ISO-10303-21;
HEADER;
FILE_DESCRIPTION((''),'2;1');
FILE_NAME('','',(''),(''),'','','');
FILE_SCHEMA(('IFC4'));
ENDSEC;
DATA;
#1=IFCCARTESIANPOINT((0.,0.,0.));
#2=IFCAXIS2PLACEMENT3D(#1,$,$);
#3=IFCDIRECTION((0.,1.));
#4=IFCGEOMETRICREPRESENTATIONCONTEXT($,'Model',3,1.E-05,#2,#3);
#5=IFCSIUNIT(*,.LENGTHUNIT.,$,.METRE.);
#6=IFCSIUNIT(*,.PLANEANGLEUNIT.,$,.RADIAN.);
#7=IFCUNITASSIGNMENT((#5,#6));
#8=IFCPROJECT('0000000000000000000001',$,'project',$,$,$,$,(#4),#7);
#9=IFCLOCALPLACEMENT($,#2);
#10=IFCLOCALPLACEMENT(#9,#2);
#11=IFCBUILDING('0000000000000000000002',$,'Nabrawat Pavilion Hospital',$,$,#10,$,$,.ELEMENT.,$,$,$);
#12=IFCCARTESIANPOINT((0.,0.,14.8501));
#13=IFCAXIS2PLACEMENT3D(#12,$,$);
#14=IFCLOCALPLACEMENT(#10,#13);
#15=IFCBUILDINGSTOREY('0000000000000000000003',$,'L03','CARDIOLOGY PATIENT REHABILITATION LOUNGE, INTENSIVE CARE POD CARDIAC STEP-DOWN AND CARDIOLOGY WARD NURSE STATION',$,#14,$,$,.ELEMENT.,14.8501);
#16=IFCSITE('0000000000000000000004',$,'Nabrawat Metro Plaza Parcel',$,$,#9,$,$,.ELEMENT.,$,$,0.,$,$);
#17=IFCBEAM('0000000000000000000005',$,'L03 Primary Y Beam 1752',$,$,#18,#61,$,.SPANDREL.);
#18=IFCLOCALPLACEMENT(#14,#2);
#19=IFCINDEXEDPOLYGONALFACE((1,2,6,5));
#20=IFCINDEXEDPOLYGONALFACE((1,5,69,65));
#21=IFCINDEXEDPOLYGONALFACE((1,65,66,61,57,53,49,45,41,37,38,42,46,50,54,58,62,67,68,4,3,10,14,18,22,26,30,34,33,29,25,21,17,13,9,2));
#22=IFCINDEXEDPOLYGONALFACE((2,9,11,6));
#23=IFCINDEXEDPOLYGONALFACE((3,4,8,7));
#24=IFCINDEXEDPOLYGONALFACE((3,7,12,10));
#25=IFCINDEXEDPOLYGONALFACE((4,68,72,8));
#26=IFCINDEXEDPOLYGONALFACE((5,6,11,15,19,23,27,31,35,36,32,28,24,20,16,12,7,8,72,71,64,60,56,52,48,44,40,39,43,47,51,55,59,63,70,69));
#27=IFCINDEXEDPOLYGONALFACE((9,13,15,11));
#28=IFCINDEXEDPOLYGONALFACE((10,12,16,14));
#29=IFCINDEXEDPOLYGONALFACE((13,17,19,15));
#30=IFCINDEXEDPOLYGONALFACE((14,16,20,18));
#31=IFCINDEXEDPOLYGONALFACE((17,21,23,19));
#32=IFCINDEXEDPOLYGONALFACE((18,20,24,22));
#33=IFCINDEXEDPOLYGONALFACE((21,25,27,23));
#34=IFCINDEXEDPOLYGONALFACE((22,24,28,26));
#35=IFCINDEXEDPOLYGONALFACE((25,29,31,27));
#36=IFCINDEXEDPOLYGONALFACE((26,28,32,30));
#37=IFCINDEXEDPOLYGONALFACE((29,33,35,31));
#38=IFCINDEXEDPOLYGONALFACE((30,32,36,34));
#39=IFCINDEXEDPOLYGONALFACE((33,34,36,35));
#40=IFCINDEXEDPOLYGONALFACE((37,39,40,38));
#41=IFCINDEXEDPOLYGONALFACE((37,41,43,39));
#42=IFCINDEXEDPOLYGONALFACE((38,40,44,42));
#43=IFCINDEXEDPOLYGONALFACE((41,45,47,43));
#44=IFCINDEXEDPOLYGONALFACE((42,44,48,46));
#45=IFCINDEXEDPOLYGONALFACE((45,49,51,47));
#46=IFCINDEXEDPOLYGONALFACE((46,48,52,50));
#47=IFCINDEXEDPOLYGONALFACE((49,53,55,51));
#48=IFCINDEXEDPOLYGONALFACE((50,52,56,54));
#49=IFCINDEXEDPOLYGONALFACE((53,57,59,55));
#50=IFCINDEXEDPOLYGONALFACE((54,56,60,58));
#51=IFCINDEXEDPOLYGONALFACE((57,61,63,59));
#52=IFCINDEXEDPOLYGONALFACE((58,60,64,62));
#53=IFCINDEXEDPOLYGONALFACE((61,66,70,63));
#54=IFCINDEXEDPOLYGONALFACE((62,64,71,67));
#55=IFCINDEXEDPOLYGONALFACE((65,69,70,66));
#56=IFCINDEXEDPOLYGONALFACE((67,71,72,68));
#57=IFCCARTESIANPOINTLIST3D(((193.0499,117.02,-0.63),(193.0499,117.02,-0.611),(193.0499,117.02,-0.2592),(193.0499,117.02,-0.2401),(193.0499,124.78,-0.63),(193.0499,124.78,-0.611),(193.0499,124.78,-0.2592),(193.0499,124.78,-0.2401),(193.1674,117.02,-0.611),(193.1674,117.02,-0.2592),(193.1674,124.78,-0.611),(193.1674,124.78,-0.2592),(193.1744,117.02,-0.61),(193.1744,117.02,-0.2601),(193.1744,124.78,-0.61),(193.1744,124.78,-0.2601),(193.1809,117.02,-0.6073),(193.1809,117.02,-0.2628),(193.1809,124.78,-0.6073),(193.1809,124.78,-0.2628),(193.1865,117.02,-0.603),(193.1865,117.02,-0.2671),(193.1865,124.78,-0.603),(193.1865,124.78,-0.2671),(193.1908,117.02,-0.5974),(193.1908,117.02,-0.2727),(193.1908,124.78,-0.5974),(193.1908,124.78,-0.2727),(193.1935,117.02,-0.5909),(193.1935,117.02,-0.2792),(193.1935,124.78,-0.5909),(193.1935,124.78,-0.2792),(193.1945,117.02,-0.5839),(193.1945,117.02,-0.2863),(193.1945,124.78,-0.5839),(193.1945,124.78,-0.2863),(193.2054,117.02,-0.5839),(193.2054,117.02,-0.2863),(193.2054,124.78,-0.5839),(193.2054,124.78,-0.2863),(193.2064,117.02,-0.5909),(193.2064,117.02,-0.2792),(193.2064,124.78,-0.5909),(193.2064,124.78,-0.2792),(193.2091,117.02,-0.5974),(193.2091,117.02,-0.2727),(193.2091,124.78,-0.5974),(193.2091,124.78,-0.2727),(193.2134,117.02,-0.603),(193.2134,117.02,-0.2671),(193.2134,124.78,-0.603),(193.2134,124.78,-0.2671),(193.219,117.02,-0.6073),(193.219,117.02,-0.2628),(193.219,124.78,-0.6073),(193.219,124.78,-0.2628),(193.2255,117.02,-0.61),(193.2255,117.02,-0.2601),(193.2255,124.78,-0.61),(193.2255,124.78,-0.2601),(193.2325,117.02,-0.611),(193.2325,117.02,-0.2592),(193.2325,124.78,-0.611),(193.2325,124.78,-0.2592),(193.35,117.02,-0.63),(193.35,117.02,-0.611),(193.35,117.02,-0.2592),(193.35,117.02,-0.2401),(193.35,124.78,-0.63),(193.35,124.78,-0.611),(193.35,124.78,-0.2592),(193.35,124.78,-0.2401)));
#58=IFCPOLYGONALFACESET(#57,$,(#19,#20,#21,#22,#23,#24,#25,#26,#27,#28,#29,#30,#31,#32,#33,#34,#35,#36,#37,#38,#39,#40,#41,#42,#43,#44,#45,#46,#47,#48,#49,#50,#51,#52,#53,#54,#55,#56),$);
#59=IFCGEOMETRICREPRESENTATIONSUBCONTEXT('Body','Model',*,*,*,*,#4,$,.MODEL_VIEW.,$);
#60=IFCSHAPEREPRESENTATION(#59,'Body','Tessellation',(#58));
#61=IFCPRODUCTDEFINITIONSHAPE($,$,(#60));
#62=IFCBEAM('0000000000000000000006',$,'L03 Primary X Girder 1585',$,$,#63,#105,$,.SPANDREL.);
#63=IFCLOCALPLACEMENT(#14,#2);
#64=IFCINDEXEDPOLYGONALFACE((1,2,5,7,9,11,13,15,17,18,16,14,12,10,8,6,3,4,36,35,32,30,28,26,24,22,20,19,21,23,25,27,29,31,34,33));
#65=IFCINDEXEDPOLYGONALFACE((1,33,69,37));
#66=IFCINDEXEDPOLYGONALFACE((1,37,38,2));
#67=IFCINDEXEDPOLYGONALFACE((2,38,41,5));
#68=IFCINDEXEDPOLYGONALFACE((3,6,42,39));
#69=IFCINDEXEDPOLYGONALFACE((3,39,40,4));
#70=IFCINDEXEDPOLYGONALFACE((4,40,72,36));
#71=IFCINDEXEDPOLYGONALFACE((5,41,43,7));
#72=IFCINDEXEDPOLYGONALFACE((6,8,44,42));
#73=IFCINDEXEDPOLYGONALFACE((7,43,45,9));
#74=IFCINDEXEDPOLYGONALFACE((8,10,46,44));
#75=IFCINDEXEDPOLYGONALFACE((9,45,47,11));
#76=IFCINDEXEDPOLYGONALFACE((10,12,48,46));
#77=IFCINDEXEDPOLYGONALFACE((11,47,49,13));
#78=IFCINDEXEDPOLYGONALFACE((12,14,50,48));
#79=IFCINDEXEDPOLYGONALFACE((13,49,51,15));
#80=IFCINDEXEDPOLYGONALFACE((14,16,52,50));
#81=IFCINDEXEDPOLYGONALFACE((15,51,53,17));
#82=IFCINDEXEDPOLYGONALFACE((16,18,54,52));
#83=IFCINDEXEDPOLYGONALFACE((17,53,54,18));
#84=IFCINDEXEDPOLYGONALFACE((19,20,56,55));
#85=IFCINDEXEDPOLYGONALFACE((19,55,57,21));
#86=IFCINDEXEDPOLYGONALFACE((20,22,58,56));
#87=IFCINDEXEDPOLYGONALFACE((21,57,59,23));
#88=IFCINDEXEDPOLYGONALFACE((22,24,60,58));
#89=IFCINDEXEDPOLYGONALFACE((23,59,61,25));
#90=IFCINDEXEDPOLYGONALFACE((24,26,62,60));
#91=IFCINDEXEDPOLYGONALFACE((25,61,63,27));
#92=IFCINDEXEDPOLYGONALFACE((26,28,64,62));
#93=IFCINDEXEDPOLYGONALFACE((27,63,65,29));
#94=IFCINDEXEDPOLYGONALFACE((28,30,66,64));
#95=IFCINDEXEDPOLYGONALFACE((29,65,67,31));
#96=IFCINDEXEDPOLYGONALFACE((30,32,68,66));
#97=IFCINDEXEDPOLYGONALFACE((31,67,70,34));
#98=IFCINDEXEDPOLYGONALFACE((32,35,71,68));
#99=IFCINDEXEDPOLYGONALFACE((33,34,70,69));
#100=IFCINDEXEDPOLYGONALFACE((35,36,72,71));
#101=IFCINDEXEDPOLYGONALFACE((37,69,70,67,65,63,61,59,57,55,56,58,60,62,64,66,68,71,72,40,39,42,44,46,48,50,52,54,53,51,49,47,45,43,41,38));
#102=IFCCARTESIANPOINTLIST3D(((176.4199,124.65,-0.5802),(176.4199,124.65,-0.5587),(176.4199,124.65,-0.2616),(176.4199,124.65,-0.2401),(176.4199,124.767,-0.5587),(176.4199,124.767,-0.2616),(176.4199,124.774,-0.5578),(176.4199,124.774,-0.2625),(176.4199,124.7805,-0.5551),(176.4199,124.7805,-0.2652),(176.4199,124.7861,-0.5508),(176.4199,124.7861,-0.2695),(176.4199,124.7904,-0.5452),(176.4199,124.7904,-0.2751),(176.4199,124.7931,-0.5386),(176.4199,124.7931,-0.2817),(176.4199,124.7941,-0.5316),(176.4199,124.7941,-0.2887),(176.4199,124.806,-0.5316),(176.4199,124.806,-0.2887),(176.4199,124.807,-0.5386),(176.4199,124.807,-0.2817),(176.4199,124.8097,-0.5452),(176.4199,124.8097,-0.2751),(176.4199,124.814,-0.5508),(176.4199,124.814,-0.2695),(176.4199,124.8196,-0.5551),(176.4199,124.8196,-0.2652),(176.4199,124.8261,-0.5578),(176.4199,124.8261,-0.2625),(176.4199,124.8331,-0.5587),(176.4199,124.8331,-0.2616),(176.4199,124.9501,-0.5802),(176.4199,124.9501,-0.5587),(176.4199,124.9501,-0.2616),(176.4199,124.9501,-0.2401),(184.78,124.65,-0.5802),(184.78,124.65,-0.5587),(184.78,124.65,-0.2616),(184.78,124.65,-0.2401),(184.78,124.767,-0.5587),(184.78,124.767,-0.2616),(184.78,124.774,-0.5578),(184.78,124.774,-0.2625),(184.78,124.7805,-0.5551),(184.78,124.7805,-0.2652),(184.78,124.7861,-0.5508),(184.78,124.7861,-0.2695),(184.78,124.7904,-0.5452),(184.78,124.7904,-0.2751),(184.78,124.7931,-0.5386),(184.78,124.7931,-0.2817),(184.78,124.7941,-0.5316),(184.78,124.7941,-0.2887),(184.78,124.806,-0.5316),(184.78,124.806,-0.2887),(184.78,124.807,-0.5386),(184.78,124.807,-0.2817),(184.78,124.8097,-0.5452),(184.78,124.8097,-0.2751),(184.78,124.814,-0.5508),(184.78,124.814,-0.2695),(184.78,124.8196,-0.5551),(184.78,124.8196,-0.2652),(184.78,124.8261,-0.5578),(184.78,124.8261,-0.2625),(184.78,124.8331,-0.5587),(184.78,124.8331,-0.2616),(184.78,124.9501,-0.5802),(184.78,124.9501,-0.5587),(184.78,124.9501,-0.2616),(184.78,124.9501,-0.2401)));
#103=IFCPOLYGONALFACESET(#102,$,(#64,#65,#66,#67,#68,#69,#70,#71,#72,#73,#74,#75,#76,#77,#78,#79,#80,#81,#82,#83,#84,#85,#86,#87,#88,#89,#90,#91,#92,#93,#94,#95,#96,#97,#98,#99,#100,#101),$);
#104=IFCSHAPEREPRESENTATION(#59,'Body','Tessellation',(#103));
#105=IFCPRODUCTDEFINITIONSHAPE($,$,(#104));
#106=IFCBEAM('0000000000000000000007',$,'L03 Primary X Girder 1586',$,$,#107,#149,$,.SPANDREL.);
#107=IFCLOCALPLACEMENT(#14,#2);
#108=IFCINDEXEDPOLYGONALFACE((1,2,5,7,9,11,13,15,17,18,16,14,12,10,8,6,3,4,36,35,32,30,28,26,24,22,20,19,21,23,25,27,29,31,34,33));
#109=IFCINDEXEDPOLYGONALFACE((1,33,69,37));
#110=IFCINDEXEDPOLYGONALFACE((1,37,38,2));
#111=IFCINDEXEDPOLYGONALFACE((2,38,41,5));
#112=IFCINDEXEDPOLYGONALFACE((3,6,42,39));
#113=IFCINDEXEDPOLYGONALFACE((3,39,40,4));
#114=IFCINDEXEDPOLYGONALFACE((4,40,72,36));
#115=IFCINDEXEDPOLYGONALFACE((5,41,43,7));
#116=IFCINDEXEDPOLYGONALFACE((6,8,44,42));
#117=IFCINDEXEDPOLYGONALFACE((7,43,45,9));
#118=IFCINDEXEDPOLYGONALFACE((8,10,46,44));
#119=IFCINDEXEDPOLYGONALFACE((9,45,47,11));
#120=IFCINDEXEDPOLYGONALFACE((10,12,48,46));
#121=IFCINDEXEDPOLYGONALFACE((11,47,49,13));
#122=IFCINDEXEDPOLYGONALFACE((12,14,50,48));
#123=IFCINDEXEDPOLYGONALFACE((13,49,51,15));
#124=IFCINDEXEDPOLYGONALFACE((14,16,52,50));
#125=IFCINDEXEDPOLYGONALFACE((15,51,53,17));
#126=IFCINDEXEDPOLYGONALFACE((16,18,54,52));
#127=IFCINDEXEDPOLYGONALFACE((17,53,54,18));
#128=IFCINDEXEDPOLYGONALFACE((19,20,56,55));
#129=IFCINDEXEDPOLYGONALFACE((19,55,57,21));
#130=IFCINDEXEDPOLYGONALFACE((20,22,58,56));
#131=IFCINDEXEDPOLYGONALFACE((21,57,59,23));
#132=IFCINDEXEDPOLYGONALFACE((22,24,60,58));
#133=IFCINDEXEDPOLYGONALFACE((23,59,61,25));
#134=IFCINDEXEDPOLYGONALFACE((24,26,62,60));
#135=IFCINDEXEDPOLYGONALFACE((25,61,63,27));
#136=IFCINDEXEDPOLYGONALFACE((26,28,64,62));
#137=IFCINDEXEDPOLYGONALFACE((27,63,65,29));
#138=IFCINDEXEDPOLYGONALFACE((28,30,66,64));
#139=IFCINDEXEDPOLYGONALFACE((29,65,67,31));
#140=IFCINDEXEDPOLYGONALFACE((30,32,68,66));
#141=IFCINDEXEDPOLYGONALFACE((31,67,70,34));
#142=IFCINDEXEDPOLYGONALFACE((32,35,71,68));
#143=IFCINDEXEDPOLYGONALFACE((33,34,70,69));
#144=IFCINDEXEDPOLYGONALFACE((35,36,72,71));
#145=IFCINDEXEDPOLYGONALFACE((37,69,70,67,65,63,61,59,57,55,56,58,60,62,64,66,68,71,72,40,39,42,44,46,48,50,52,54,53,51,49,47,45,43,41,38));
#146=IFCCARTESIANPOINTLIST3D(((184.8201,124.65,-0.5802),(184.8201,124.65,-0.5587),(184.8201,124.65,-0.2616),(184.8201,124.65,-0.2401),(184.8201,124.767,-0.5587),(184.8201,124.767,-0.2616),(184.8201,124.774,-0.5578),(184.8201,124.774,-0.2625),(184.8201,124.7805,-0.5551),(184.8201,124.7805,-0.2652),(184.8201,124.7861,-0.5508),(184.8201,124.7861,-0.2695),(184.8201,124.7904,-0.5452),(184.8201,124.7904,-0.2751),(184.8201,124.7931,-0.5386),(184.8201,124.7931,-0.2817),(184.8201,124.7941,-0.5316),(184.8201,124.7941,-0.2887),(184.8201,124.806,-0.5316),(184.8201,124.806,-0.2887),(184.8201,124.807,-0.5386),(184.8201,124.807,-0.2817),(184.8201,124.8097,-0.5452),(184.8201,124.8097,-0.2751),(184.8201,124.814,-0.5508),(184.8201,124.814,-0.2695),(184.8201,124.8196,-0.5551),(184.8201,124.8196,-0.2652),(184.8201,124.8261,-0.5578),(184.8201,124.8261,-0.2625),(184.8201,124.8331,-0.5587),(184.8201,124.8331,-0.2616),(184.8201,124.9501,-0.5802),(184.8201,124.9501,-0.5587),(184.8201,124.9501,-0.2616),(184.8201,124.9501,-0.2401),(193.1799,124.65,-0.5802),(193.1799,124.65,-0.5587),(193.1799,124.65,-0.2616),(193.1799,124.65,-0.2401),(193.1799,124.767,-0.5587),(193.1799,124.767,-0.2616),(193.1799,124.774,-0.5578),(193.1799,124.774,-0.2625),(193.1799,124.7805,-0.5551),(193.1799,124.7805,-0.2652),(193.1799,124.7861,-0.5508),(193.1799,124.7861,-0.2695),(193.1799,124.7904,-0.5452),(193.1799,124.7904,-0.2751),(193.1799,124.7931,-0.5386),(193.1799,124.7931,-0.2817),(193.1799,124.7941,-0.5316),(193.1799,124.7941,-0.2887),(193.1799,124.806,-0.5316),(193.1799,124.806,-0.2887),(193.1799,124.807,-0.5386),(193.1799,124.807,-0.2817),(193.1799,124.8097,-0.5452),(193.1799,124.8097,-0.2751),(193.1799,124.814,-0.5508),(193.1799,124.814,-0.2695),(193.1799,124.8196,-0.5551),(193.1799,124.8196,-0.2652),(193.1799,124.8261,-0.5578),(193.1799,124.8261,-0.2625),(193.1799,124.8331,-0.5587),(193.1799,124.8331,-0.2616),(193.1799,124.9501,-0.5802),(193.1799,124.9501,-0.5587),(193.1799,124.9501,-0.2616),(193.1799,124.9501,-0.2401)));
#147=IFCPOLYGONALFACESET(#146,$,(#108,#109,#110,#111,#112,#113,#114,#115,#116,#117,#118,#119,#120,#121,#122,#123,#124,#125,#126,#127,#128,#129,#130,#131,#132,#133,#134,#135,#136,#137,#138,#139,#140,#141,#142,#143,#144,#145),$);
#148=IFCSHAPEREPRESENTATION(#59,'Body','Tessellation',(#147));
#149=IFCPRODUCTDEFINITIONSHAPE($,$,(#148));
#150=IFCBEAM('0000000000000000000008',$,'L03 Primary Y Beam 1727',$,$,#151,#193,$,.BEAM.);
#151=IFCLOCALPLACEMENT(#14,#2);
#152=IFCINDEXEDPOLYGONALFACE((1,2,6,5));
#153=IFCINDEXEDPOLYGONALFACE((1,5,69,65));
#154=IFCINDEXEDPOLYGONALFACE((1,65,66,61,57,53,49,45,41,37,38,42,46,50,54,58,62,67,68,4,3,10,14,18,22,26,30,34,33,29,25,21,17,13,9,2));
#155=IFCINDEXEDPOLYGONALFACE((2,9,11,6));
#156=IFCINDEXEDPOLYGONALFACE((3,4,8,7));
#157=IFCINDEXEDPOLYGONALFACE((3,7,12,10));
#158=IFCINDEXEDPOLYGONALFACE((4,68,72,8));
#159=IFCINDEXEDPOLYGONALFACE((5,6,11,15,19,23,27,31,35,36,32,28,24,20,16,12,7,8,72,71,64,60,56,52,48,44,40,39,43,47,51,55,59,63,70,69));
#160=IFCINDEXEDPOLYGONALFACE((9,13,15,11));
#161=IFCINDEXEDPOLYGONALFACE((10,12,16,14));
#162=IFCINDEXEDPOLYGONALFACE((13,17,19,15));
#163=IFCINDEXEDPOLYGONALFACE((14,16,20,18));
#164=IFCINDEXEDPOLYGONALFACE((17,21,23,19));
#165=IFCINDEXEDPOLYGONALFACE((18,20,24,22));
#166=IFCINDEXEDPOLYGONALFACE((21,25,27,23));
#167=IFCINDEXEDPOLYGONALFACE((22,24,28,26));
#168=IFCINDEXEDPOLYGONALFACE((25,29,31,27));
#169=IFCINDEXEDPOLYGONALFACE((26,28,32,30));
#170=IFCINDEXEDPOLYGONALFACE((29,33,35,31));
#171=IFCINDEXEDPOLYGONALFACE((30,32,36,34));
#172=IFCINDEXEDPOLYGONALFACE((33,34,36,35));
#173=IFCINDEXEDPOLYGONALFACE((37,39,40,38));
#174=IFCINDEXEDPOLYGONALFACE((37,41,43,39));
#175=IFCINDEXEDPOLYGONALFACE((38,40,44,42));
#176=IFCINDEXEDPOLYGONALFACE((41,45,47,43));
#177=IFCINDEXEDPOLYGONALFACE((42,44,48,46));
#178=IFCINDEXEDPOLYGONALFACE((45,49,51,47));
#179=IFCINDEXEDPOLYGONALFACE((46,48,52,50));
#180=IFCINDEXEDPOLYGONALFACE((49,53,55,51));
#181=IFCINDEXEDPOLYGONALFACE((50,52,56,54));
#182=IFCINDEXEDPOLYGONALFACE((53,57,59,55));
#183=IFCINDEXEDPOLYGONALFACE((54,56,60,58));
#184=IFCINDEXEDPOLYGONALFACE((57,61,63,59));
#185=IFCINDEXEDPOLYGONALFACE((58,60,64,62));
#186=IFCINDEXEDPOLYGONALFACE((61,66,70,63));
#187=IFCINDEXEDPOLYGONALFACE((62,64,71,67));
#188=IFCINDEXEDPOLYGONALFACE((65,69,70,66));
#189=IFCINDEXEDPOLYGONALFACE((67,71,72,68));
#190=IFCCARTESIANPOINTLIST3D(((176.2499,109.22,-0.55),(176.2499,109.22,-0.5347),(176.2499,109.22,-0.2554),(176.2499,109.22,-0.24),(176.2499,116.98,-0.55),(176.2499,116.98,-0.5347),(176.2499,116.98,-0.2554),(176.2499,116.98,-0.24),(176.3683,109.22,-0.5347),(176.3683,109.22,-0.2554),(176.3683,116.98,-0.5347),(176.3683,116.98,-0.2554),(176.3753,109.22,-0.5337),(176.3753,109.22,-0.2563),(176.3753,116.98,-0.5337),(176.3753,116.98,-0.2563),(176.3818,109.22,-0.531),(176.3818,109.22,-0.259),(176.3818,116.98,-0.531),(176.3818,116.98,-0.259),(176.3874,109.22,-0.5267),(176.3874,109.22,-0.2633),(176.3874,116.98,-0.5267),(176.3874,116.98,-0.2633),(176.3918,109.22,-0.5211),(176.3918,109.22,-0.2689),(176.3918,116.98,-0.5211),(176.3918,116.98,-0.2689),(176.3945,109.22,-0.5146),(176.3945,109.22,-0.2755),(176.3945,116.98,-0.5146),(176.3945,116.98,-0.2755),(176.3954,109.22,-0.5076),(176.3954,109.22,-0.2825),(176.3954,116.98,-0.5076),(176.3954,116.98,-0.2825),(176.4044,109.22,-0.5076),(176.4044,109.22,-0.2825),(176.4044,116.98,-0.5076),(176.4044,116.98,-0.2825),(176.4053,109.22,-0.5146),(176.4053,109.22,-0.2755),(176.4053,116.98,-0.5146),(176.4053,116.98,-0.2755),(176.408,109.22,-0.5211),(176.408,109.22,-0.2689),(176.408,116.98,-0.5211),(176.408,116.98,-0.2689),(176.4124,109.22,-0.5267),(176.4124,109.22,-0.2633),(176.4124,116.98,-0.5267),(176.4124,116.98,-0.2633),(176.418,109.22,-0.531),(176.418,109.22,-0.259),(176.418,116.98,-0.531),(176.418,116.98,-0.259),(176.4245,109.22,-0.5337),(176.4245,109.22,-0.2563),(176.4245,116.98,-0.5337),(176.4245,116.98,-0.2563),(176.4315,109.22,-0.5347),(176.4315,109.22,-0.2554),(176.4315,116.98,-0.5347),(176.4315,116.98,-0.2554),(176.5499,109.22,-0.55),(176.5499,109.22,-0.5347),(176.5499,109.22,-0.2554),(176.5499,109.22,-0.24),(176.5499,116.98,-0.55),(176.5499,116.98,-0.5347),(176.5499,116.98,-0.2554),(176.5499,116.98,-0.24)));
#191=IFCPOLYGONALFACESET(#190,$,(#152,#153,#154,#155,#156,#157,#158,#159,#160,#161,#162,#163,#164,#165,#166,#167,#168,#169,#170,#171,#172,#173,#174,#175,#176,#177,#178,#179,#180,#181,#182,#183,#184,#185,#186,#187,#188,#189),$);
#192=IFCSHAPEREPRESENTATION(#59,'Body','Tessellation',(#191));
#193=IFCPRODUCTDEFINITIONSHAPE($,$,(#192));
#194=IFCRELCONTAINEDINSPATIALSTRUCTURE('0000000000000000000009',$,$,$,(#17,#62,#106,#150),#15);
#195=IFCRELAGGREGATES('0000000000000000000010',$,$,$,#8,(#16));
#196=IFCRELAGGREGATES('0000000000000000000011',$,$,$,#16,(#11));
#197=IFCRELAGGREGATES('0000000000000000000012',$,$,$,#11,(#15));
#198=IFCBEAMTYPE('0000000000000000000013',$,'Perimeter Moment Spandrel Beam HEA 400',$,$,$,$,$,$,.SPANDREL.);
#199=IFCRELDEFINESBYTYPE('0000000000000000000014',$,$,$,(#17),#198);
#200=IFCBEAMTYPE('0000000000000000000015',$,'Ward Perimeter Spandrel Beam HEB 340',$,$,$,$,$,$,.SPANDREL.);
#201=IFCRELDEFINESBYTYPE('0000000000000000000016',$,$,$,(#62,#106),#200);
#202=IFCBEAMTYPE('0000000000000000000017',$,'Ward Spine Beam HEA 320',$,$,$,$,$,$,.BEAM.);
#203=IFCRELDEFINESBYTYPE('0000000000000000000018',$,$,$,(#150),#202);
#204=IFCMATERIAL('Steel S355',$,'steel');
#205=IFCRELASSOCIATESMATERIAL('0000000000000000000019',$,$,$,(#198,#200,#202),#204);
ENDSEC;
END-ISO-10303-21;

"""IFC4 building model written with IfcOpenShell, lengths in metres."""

from ifc_helpers import new_model, si_unit, direction, frame, origin, origin_2d, place, context, subcontext, project, spatial, i_section, extrude, material, material_profile, profile_set, type_object, element, save


model = new_model("IFC4")

# Units and contexts
model_context = context("Model", 3, precision=1e-05, world=origin(), true_north=direction((0.0, 1.0)))
body_context = subcontext(model_context, "Body", "Model", "MODEL_VIEW")
ifc_project = project(units=[si_unit("LENGTHUNIT", "METRE"), si_unit("PLANEANGLEUNIT", "RADIAN")], contexts=[model_context])

# Site, building, storey
site_placement = place(None, origin())
site = spatial("IfcSite", under=ifc_project, at=site_placement, Name="Nabrawat Metro Plaza Parcel", CompositionType="ELEMENT", RefElevation=0.0)
building_placement = place(site_placement, origin())
building = spatial("IfcBuilding", under=site, at=building_placement, Name="Nabrawat Pavilion Hospital", CompositionType="ELEMENT")
storey_placement = place(building_placement, frame((0.0, 0.0, 14.8501)))
storey = spatial("IfcBuildingStorey", under=building, at=storey_placement, Name="L03", Description="CARDIOLOGY PATIENT REHABILITATION LOUNGE, INTENSIVE CARE POD CARDIAC STEP-DOWN AND CARDIOLOGY WARD NURSE STATION", CompositionType="ELEMENT", Elevation=14.8501)

# Shared definitions
ifc_material_1 = material(Name="Steel S355", Category="steel")

# Beams
ifc_material_profile_1 = material_profile(ifc_material_1, i_section(OverallWidth=0.3, OverallDepth=0.3899, WebThickness=0.011, FlangeThickness=0.019, FilletRadius=0.0271, at=origin_2d()), Name="HEA 400")
ifc_profile_set_1 = profile_set([ifc_material_profile_1], Name="Steel S355")
beam_type_1 = type_object("IfcBeamType", Name="Perimeter Moment Spandrel Beam HEA 400", PredefinedType="SPANDREL", material=ifc_profile_set_1)
for number, where, z_axis, x_axis, name in (
    (1, (193.2, 117.02, -0.4351), (0.0, 1.0, 0.0), (-1.0, 0.0, 0.0), "L03 Primary Y Beam 1752"),
):
    element("IfcBeam", number, at=place(storey_placement, frame(where, z_axis=z_axis, x_axis=x_axis)), inside=storey, type_object=beam_type_1, Name=name, PredefinedType="SPANDREL", context=body_context, shape_type="SweptSolid", body=[
        extrude(i_section(OverallWidth=0.3, OverallDepth=0.3899, WebThickness=0.011, FlangeThickness=0.019, FilletRadius=0.0271, at=origin_2d()), origin(), (0.0, 0.0, 1.0), 7.76),
    ])
ifc_material_profile_2 = material_profile(ifc_material_1, i_section(OverallWidth=0.3, OverallDepth=0.3401, WebThickness=0.012, FlangeThickness=0.0215, FilletRadius=0.0271, at=origin_2d()), Name="HEB 340")
ifc_profile_set_2 = profile_set([ifc_material_profile_2], Name="Steel S355")
beam_type_2 = type_object("IfcBeamType", Name="Ward Perimeter Spandrel Beam HEB 340", PredefinedType="SPANDREL", material=ifc_profile_set_2)
beam_1_placement = place(storey_placement, frame((176.4199, 124.8, -0.4102), z_axis=(1.0, 0.0, 0.0), x_axis=(0.0, 1.0, 0.0)))
element("IfcBeam", 2, at=beam_1_placement, inside=storey, type_object=beam_type_2, Name="L03 Primary X Girder 1585", PredefinedType="SPANDREL", context=body_context, shape_type="SweptSolid", body=[
    extrude(i_section(OverallWidth=0.3, OverallDepth=0.3401, WebThickness=0.012, FlangeThickness=0.0215, FilletRadius=0.0271, at=origin_2d()), origin(), (0.0, 0.0, 1.0), 8.3601),
])
beam_2_placement = place(storey_placement, frame((184.8201, 124.8, -0.4102), z_axis=(1.0, 0.0, 0.0), x_axis=(0.0, 1.0, 0.0)))
element("IfcBeam", 3, at=beam_2_placement, inside=storey, type_object=beam_type_2, Name="L03 Primary X Girder 1586", PredefinedType="SPANDREL", context=body_context, shape_type="SweptSolid", body=[
    extrude(i_section(OverallWidth=0.3, OverallDepth=0.3401, WebThickness=0.012, FlangeThickness=0.0215, FilletRadius=0.0271, at=origin_2d()), origin(), (0.0, 0.0, 1.0), 8.3599),
])
ifc_material_profile_3 = material_profile(ifc_material_1, i_section(OverallWidth=0.3, OverallDepth=0.3101, WebThickness=0.009, FlangeThickness=0.0154, FilletRadius=0.0271, at=origin_2d()), Name="HEA 320")
ifc_profile_set_3 = profile_set([ifc_material_profile_3], Name="Steel S355")
beam_type_3 = type_object("IfcBeamType", Name="Ward Spine Beam HEA 320", PredefinedType="BEAM", material=ifc_profile_set_3)
for number, where, z_axis, x_axis, name in (
    (4, (176.3999, 109.22, -0.395), (0.0, 1.0, 0.0), (-1.0, 0.0, 0.0), "L03 Primary Y Beam 1727"),
):
    element("IfcBeam", number, at=place(storey_placement, frame(where, z_axis=z_axis, x_axis=x_axis)), inside=storey, type_object=beam_type_3, Name=name, PredefinedType="BEAM", context=body_context, shape_type="SweptSolid", body=[
        extrude(i_section(OverallWidth=0.3, OverallDepth=0.3101, WebThickness=0.009, FlangeThickness=0.0154, FilletRadius=0.0271, at=origin_2d()), origin(), (0.0, 0.0, 1.0), 7.76),
    ])

save(model, "model.ifc")
